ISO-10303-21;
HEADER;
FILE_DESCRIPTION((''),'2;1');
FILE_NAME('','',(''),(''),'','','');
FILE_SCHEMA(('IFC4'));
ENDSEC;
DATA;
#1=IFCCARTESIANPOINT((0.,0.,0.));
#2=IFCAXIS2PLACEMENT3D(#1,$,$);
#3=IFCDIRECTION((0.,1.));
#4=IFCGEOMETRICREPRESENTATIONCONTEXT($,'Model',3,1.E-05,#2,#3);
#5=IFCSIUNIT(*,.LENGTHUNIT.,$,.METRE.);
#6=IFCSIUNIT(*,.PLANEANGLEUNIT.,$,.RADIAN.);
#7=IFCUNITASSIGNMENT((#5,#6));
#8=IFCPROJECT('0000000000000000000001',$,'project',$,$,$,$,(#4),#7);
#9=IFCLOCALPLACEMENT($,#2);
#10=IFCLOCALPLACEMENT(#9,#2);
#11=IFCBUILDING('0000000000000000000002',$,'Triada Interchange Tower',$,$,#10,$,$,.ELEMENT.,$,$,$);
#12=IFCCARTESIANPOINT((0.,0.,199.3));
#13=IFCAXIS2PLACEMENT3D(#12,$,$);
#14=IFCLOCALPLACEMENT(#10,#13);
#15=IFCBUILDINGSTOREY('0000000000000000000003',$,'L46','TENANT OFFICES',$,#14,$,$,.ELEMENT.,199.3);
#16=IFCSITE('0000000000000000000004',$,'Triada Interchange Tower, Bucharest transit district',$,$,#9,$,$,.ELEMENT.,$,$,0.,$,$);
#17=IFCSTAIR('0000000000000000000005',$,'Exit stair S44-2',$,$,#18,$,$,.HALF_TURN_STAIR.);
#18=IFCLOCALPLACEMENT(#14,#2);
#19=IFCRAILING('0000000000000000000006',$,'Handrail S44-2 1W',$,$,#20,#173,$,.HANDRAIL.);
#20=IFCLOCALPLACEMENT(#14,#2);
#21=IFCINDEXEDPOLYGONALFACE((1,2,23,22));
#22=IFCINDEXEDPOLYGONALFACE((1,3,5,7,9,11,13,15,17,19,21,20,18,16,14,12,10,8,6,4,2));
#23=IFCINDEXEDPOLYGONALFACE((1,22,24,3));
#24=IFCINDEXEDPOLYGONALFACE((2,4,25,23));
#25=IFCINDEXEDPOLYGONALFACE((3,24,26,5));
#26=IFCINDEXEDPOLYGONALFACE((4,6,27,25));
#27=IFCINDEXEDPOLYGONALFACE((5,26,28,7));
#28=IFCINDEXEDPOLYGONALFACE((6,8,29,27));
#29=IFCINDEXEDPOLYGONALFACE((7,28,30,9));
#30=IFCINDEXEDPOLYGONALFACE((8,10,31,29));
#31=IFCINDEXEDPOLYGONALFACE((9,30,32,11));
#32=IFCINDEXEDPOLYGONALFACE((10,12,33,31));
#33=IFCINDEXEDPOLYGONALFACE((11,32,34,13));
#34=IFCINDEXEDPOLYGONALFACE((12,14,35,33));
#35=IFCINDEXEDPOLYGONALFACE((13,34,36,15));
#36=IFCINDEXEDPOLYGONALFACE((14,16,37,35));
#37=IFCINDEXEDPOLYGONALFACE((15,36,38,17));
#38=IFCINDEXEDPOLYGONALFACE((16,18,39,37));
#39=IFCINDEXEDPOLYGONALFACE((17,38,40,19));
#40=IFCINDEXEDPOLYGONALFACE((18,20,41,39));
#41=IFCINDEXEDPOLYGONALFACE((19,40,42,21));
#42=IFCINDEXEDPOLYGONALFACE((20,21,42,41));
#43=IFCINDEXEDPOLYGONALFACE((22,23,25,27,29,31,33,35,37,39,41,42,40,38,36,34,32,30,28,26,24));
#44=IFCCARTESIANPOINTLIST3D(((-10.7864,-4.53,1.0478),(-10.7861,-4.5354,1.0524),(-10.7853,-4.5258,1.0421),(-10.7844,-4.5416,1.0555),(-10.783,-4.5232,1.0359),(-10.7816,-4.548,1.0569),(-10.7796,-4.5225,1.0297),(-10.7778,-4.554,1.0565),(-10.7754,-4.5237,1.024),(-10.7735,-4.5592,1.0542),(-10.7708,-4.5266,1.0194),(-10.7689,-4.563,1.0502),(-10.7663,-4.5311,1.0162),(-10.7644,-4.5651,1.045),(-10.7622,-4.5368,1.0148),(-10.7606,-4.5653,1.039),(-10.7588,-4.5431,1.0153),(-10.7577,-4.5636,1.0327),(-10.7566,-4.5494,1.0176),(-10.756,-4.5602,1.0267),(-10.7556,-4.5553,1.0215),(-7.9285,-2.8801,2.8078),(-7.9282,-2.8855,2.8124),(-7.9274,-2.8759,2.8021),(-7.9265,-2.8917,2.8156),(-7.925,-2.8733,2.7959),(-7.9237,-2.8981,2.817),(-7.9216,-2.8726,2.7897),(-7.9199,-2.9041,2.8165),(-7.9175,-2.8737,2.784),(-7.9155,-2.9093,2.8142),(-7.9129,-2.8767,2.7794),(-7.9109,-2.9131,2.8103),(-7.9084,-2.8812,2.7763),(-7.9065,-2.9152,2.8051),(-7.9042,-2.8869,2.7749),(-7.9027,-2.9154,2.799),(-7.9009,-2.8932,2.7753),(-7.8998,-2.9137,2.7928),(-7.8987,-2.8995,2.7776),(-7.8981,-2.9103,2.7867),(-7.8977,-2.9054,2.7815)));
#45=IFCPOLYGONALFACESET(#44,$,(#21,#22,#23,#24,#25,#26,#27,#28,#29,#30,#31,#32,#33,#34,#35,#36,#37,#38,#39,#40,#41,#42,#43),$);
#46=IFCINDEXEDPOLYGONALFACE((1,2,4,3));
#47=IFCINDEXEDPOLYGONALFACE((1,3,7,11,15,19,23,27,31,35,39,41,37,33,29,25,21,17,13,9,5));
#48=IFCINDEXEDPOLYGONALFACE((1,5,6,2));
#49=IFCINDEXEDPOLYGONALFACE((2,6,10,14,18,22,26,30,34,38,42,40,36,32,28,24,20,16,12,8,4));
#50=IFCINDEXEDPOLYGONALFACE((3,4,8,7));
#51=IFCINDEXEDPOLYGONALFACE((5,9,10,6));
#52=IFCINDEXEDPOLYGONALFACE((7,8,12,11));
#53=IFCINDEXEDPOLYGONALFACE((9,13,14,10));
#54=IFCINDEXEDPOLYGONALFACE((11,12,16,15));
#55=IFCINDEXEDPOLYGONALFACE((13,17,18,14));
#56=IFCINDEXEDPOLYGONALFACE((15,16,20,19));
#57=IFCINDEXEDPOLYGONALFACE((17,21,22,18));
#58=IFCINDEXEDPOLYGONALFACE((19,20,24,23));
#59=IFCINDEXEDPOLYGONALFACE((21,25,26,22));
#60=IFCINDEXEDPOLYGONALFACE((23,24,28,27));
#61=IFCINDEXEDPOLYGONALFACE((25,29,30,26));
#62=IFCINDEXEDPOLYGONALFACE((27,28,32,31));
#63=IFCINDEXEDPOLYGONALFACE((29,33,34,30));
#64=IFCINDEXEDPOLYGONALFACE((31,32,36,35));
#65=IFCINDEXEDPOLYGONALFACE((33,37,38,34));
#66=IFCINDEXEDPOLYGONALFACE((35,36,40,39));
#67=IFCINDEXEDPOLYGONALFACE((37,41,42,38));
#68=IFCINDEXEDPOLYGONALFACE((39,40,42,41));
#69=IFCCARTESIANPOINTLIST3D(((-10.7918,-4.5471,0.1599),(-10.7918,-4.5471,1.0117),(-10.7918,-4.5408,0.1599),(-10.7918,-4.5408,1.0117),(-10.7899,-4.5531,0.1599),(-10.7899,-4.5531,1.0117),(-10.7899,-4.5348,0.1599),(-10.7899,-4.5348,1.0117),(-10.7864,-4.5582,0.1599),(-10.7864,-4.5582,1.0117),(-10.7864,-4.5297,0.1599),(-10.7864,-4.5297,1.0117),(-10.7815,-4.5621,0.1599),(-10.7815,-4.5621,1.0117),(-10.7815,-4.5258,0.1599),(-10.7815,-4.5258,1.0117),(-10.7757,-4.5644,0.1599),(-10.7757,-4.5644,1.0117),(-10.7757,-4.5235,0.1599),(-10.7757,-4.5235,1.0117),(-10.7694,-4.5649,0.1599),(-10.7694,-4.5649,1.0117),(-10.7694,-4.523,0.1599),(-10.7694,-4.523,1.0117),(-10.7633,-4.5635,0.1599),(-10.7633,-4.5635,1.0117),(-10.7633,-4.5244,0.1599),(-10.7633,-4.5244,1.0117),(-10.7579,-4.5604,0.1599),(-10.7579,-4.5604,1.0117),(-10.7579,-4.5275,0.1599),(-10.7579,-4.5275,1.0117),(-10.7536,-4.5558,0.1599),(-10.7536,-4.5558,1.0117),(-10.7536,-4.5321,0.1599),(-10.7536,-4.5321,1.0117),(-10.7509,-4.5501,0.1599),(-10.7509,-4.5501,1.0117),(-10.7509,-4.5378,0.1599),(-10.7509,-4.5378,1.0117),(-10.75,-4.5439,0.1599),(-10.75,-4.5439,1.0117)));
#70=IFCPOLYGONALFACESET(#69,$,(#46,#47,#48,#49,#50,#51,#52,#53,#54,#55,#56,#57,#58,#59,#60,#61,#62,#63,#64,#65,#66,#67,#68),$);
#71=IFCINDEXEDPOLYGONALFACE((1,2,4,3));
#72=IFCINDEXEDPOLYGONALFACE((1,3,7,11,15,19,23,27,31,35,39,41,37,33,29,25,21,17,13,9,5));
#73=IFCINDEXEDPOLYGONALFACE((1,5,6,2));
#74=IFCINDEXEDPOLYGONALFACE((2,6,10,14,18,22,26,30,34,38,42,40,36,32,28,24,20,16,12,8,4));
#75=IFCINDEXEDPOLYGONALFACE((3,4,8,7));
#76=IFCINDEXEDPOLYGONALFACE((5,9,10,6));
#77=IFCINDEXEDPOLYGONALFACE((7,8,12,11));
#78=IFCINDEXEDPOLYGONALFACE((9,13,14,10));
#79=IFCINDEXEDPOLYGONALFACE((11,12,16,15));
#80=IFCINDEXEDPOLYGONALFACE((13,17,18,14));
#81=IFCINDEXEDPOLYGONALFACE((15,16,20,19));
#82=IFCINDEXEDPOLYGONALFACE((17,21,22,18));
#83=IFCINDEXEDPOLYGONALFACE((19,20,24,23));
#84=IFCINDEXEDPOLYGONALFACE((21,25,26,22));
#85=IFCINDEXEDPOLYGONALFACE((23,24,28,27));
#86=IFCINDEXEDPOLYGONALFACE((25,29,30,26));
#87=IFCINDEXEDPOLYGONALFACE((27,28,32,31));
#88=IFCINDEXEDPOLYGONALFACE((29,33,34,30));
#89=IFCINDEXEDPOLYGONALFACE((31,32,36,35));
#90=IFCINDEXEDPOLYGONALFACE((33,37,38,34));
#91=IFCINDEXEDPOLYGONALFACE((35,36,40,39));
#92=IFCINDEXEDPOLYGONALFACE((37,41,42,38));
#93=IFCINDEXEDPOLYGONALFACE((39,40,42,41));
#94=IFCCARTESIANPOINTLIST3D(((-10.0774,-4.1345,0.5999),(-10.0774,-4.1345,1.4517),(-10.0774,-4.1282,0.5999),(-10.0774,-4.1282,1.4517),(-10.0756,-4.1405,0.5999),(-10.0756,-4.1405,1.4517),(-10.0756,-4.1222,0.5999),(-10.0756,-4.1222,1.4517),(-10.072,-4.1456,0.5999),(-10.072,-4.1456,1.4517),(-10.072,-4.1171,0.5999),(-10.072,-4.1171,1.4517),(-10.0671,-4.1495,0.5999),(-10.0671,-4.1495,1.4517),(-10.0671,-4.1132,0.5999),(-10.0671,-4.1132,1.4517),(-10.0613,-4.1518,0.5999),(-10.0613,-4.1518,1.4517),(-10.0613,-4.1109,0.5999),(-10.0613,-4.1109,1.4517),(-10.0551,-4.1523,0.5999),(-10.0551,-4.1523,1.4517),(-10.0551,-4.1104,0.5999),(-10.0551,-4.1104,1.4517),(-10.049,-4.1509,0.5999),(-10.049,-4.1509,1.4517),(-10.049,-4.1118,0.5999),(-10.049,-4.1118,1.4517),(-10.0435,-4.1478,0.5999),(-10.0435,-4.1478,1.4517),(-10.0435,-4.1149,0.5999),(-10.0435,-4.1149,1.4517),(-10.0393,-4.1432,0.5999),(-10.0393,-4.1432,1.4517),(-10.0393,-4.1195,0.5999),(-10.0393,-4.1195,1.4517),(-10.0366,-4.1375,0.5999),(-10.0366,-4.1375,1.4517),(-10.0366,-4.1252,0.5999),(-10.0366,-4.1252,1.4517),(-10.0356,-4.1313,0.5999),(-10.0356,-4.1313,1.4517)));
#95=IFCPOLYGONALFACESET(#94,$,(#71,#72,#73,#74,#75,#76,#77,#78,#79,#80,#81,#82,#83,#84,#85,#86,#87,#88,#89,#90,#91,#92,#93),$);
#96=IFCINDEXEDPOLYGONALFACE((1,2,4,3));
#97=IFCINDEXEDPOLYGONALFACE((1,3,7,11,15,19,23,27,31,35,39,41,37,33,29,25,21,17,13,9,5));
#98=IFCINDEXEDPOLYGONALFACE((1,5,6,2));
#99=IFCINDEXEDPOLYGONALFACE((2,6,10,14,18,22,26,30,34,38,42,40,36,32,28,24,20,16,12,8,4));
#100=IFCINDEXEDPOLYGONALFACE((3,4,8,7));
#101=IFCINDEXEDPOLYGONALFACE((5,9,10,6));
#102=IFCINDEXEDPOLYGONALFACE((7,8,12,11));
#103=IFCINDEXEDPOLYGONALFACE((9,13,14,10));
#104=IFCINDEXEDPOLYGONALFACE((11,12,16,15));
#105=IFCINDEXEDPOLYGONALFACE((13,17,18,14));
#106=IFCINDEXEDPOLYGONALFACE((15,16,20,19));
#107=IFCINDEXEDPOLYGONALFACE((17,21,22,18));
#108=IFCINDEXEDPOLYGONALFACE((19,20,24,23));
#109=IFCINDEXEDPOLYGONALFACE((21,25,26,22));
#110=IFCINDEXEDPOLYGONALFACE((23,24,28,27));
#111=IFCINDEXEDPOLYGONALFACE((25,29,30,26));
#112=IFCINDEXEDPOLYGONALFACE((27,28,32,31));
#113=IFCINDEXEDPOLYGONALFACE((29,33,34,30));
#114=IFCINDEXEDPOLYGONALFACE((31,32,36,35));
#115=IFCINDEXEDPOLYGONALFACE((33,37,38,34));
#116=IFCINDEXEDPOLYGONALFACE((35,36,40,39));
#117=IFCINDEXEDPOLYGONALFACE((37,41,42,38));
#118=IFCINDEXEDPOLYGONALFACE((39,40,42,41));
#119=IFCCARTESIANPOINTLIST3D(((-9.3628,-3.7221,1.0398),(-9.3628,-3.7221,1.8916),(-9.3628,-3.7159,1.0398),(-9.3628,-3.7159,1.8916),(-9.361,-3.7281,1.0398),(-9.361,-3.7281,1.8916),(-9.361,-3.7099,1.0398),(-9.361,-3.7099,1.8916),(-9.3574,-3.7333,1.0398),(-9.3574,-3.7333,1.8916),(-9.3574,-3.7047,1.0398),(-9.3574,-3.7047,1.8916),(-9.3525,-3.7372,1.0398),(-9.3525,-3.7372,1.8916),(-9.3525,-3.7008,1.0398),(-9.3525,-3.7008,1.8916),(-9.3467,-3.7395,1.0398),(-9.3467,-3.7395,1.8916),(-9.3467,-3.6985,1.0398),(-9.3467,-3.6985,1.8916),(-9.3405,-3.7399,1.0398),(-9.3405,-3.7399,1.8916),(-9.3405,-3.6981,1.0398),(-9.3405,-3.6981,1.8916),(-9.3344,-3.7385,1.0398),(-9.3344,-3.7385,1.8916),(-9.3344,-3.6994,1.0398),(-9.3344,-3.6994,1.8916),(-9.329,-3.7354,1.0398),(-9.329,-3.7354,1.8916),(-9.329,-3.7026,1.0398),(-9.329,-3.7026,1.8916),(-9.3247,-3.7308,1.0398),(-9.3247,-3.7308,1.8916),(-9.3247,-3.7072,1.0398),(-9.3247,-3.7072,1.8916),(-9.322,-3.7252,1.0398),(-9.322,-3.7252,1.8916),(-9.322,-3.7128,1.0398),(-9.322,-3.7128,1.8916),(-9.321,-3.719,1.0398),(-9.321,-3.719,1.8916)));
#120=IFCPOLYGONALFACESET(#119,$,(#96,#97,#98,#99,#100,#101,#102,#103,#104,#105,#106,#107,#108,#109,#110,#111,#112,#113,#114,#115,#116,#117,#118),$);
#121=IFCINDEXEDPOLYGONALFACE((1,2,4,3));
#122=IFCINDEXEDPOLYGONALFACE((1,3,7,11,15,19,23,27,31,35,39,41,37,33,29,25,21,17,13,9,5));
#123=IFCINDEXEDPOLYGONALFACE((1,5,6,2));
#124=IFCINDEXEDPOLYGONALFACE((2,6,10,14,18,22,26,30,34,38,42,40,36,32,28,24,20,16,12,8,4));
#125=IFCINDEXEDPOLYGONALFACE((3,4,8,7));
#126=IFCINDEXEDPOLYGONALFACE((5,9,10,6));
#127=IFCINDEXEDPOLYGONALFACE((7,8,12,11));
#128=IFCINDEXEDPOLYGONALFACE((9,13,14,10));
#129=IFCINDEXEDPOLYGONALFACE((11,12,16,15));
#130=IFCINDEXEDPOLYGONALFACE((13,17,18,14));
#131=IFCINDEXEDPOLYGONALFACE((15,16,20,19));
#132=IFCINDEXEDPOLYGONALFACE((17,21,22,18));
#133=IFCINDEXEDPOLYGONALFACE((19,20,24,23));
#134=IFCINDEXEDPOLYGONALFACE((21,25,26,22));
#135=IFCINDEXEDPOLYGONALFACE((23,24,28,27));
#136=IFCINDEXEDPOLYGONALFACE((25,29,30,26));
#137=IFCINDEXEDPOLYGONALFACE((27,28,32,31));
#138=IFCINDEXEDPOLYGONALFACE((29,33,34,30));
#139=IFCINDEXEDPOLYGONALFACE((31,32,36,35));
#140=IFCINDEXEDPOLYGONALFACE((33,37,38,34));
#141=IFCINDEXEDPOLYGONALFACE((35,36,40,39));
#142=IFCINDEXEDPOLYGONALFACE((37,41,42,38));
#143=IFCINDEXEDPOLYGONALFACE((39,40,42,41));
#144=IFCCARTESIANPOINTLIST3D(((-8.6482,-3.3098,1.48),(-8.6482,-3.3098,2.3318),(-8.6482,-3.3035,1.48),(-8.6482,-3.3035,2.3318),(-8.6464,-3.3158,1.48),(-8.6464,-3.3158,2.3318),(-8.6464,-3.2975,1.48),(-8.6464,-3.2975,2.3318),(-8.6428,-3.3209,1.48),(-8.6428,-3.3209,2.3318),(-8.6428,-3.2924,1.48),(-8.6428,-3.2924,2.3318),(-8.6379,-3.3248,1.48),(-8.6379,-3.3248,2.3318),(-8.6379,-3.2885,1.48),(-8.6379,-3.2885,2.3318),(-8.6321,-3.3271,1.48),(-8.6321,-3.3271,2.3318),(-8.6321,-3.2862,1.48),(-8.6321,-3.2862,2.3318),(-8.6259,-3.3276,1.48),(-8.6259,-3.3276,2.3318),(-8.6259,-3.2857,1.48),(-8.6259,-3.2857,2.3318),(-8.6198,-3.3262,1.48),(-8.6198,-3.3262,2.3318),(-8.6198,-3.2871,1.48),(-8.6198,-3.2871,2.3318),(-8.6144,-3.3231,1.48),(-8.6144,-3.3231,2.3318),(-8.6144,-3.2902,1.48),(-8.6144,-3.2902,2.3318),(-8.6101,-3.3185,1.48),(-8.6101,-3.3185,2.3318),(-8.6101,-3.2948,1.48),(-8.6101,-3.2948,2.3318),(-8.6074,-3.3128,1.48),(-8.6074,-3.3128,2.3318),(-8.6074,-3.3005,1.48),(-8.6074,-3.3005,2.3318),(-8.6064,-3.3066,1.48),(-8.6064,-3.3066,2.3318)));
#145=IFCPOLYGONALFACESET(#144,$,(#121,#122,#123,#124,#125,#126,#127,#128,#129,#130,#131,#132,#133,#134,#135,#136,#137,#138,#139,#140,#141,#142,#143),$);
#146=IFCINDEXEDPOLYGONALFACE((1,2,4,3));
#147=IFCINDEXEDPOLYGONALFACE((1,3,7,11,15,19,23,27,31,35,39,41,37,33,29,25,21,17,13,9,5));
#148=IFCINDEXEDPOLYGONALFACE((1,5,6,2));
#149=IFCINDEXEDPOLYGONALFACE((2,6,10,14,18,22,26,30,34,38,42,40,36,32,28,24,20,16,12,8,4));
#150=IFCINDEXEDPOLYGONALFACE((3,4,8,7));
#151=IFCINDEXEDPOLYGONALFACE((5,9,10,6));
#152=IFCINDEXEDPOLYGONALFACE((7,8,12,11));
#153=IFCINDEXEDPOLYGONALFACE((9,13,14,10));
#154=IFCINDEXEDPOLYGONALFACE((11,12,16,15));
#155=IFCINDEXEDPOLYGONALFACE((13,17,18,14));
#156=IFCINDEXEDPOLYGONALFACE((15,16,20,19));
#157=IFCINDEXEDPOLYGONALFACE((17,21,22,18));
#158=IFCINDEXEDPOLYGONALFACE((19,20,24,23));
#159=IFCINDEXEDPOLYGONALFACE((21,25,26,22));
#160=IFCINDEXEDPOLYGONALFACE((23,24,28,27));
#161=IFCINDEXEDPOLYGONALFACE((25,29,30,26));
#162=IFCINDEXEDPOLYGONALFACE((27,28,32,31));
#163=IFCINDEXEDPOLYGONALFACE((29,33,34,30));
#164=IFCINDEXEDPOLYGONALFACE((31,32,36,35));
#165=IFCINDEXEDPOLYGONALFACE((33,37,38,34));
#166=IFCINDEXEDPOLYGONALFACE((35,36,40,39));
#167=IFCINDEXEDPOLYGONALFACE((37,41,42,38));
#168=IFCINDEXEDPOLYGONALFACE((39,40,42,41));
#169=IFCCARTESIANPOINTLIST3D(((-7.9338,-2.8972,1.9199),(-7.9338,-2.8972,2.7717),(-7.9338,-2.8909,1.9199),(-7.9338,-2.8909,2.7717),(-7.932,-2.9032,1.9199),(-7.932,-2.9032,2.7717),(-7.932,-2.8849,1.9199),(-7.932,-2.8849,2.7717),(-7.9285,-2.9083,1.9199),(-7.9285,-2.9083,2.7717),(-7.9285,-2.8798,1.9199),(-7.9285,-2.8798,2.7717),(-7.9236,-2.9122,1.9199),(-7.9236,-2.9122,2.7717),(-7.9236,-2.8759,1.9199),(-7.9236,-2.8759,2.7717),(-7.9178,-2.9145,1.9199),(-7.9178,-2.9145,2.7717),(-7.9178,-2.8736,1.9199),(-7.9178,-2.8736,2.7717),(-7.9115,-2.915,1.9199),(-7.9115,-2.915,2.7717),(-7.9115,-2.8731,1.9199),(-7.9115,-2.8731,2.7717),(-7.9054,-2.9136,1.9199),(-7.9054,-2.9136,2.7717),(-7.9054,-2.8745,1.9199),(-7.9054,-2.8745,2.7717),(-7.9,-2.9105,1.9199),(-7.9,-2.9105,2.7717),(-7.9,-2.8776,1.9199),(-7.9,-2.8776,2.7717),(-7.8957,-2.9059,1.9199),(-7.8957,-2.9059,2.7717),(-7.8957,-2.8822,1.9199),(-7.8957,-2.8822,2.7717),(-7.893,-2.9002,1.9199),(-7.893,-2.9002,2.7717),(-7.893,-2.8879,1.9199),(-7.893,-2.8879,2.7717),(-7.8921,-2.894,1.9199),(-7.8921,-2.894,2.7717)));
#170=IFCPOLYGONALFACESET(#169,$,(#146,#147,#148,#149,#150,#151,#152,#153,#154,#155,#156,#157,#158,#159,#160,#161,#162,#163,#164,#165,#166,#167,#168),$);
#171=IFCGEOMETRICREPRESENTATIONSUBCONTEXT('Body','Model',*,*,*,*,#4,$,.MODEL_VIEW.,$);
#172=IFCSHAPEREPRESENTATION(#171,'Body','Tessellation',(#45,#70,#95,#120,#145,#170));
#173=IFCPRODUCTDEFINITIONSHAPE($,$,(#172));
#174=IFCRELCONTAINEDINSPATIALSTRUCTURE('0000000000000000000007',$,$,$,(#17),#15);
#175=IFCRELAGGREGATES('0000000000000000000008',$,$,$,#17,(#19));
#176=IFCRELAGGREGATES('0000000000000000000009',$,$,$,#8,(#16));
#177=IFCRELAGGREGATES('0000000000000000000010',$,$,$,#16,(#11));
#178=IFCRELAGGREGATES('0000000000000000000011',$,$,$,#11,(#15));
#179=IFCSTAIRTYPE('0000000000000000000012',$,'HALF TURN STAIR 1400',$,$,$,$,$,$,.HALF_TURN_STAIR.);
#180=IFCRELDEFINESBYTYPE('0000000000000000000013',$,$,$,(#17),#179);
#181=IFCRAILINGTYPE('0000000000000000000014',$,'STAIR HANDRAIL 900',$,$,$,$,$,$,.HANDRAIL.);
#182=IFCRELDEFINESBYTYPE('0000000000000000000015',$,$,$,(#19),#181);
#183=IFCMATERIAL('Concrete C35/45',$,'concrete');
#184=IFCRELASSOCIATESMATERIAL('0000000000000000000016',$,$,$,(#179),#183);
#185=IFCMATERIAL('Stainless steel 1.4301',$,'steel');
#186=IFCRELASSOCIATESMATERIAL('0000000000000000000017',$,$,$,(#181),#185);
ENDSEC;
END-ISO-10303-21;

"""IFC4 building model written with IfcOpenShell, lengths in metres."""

from ifc_helpers import new_model, si_unit, direction, frame, origin, origin_2d, place, context, subcontext, project, spatial, circle, extrude, material, type_object, element, aggregate, save


model = new_model("IFC4")

# Units and contexts
model_context = context("Model", 3, precision=1e-05, world=origin(), true_north=direction((0.0, 1.0)))
body_context = subcontext(model_context, "Body", "Model", "MODEL_VIEW")
ifc_project = project(units=[si_unit("LENGTHUNIT", "METRE"), si_unit("PLANEANGLEUNIT", "RADIAN")], contexts=[model_context])

# Site, building, storey
site_placement = place(None, origin())
site = spatial("IfcSite", under=ifc_project, at=site_placement, Name="Triada Interchange Tower, Bucharest transit district", CompositionType="ELEMENT", RefElevation=0.0)
building_placement = place(site_placement, origin())
building = spatial("IfcBuilding", under=site, at=building_placement, Name="Triada Interchange Tower", CompositionType="ELEMENT")
storey_placement = place(building_placement, frame((0.0, 0.0, 199.3)))
storey = spatial("IfcBuildingStorey", under=building, at=storey_placement, Name="L46", Description="TENANT OFFICES", CompositionType="ELEMENT", Elevation=199.3)

# Stair
ifc_material_1 = material(Name="Concrete C35/45", Category="concrete")
stair_type = type_object("IfcStairType", Name="HALF TURN STAIR 1400", PredefinedType="HALF_TURN_STAIR", material=ifc_material_1)
stair_placement = place(storey_placement, origin())
stair = element("IfcStair", 1, at=stair_placement, inside=storey, type_object=stair_type, Name="Exit stair S44-2", PredefinedType="HALF_TURN_STAIR")

# Railing
ifc_material_2 = material(Name="Stainless steel 1.4301", Category="steel")
railing_type = type_object("IfcRailingType", Name="STAIR HANDRAIL 900", PredefinedType="HANDRAIL", material=ifc_material_2)
railing_1_placement = place(storey_placement, frame((-10.771, -4.5439, 0.1599)))
railing_1 = element("IfcRailing", 2, at=railing_1_placement, type_object=railing_type, Name="Handrail S44-2 1W", PredefinedType="HANDRAIL", context=body_context, shape_type="SweptSolid", body=[
    extrude(circle(Radius=0.0239, at=origin_2d()), frame((0.0, 0.0, 0.876), z_axis=(0.764151, 0.441153, 0.470593), x_axis=(-0.499974, 0.86604, 0.0)), (0.0, 0.0, 1.0), 3.74),
    extrude(circle(Radius=0.021, at=origin_2d()), origin(), (0.0, 0.0, 1.0), 0.8518),
    extrude(circle(Radius=0.021, at=origin_2d()), frame((0.7144, 0.4126, 0.4399)), (0.0, 0.0, 1.0), 0.8518),
    extrude(circle(Radius=0.021, at=origin_2d()), frame((1.429, 0.825, 0.8799)), (0.0, 0.0, 1.0), 0.8518),
    extrude(circle(Radius=0.021, at=origin_2d()), frame((2.1436, 1.2373, 1.3201)), (0.0, 0.0, 1.0), 0.8518),
    extrude(circle(Radius=0.021, at=origin_2d()), frame((2.8579, 1.6499, 1.76)), (0.0, 0.0, 1.0), 0.8518),
])
aggregate(stair, [railing_1])

save(model, "model.ifc")
